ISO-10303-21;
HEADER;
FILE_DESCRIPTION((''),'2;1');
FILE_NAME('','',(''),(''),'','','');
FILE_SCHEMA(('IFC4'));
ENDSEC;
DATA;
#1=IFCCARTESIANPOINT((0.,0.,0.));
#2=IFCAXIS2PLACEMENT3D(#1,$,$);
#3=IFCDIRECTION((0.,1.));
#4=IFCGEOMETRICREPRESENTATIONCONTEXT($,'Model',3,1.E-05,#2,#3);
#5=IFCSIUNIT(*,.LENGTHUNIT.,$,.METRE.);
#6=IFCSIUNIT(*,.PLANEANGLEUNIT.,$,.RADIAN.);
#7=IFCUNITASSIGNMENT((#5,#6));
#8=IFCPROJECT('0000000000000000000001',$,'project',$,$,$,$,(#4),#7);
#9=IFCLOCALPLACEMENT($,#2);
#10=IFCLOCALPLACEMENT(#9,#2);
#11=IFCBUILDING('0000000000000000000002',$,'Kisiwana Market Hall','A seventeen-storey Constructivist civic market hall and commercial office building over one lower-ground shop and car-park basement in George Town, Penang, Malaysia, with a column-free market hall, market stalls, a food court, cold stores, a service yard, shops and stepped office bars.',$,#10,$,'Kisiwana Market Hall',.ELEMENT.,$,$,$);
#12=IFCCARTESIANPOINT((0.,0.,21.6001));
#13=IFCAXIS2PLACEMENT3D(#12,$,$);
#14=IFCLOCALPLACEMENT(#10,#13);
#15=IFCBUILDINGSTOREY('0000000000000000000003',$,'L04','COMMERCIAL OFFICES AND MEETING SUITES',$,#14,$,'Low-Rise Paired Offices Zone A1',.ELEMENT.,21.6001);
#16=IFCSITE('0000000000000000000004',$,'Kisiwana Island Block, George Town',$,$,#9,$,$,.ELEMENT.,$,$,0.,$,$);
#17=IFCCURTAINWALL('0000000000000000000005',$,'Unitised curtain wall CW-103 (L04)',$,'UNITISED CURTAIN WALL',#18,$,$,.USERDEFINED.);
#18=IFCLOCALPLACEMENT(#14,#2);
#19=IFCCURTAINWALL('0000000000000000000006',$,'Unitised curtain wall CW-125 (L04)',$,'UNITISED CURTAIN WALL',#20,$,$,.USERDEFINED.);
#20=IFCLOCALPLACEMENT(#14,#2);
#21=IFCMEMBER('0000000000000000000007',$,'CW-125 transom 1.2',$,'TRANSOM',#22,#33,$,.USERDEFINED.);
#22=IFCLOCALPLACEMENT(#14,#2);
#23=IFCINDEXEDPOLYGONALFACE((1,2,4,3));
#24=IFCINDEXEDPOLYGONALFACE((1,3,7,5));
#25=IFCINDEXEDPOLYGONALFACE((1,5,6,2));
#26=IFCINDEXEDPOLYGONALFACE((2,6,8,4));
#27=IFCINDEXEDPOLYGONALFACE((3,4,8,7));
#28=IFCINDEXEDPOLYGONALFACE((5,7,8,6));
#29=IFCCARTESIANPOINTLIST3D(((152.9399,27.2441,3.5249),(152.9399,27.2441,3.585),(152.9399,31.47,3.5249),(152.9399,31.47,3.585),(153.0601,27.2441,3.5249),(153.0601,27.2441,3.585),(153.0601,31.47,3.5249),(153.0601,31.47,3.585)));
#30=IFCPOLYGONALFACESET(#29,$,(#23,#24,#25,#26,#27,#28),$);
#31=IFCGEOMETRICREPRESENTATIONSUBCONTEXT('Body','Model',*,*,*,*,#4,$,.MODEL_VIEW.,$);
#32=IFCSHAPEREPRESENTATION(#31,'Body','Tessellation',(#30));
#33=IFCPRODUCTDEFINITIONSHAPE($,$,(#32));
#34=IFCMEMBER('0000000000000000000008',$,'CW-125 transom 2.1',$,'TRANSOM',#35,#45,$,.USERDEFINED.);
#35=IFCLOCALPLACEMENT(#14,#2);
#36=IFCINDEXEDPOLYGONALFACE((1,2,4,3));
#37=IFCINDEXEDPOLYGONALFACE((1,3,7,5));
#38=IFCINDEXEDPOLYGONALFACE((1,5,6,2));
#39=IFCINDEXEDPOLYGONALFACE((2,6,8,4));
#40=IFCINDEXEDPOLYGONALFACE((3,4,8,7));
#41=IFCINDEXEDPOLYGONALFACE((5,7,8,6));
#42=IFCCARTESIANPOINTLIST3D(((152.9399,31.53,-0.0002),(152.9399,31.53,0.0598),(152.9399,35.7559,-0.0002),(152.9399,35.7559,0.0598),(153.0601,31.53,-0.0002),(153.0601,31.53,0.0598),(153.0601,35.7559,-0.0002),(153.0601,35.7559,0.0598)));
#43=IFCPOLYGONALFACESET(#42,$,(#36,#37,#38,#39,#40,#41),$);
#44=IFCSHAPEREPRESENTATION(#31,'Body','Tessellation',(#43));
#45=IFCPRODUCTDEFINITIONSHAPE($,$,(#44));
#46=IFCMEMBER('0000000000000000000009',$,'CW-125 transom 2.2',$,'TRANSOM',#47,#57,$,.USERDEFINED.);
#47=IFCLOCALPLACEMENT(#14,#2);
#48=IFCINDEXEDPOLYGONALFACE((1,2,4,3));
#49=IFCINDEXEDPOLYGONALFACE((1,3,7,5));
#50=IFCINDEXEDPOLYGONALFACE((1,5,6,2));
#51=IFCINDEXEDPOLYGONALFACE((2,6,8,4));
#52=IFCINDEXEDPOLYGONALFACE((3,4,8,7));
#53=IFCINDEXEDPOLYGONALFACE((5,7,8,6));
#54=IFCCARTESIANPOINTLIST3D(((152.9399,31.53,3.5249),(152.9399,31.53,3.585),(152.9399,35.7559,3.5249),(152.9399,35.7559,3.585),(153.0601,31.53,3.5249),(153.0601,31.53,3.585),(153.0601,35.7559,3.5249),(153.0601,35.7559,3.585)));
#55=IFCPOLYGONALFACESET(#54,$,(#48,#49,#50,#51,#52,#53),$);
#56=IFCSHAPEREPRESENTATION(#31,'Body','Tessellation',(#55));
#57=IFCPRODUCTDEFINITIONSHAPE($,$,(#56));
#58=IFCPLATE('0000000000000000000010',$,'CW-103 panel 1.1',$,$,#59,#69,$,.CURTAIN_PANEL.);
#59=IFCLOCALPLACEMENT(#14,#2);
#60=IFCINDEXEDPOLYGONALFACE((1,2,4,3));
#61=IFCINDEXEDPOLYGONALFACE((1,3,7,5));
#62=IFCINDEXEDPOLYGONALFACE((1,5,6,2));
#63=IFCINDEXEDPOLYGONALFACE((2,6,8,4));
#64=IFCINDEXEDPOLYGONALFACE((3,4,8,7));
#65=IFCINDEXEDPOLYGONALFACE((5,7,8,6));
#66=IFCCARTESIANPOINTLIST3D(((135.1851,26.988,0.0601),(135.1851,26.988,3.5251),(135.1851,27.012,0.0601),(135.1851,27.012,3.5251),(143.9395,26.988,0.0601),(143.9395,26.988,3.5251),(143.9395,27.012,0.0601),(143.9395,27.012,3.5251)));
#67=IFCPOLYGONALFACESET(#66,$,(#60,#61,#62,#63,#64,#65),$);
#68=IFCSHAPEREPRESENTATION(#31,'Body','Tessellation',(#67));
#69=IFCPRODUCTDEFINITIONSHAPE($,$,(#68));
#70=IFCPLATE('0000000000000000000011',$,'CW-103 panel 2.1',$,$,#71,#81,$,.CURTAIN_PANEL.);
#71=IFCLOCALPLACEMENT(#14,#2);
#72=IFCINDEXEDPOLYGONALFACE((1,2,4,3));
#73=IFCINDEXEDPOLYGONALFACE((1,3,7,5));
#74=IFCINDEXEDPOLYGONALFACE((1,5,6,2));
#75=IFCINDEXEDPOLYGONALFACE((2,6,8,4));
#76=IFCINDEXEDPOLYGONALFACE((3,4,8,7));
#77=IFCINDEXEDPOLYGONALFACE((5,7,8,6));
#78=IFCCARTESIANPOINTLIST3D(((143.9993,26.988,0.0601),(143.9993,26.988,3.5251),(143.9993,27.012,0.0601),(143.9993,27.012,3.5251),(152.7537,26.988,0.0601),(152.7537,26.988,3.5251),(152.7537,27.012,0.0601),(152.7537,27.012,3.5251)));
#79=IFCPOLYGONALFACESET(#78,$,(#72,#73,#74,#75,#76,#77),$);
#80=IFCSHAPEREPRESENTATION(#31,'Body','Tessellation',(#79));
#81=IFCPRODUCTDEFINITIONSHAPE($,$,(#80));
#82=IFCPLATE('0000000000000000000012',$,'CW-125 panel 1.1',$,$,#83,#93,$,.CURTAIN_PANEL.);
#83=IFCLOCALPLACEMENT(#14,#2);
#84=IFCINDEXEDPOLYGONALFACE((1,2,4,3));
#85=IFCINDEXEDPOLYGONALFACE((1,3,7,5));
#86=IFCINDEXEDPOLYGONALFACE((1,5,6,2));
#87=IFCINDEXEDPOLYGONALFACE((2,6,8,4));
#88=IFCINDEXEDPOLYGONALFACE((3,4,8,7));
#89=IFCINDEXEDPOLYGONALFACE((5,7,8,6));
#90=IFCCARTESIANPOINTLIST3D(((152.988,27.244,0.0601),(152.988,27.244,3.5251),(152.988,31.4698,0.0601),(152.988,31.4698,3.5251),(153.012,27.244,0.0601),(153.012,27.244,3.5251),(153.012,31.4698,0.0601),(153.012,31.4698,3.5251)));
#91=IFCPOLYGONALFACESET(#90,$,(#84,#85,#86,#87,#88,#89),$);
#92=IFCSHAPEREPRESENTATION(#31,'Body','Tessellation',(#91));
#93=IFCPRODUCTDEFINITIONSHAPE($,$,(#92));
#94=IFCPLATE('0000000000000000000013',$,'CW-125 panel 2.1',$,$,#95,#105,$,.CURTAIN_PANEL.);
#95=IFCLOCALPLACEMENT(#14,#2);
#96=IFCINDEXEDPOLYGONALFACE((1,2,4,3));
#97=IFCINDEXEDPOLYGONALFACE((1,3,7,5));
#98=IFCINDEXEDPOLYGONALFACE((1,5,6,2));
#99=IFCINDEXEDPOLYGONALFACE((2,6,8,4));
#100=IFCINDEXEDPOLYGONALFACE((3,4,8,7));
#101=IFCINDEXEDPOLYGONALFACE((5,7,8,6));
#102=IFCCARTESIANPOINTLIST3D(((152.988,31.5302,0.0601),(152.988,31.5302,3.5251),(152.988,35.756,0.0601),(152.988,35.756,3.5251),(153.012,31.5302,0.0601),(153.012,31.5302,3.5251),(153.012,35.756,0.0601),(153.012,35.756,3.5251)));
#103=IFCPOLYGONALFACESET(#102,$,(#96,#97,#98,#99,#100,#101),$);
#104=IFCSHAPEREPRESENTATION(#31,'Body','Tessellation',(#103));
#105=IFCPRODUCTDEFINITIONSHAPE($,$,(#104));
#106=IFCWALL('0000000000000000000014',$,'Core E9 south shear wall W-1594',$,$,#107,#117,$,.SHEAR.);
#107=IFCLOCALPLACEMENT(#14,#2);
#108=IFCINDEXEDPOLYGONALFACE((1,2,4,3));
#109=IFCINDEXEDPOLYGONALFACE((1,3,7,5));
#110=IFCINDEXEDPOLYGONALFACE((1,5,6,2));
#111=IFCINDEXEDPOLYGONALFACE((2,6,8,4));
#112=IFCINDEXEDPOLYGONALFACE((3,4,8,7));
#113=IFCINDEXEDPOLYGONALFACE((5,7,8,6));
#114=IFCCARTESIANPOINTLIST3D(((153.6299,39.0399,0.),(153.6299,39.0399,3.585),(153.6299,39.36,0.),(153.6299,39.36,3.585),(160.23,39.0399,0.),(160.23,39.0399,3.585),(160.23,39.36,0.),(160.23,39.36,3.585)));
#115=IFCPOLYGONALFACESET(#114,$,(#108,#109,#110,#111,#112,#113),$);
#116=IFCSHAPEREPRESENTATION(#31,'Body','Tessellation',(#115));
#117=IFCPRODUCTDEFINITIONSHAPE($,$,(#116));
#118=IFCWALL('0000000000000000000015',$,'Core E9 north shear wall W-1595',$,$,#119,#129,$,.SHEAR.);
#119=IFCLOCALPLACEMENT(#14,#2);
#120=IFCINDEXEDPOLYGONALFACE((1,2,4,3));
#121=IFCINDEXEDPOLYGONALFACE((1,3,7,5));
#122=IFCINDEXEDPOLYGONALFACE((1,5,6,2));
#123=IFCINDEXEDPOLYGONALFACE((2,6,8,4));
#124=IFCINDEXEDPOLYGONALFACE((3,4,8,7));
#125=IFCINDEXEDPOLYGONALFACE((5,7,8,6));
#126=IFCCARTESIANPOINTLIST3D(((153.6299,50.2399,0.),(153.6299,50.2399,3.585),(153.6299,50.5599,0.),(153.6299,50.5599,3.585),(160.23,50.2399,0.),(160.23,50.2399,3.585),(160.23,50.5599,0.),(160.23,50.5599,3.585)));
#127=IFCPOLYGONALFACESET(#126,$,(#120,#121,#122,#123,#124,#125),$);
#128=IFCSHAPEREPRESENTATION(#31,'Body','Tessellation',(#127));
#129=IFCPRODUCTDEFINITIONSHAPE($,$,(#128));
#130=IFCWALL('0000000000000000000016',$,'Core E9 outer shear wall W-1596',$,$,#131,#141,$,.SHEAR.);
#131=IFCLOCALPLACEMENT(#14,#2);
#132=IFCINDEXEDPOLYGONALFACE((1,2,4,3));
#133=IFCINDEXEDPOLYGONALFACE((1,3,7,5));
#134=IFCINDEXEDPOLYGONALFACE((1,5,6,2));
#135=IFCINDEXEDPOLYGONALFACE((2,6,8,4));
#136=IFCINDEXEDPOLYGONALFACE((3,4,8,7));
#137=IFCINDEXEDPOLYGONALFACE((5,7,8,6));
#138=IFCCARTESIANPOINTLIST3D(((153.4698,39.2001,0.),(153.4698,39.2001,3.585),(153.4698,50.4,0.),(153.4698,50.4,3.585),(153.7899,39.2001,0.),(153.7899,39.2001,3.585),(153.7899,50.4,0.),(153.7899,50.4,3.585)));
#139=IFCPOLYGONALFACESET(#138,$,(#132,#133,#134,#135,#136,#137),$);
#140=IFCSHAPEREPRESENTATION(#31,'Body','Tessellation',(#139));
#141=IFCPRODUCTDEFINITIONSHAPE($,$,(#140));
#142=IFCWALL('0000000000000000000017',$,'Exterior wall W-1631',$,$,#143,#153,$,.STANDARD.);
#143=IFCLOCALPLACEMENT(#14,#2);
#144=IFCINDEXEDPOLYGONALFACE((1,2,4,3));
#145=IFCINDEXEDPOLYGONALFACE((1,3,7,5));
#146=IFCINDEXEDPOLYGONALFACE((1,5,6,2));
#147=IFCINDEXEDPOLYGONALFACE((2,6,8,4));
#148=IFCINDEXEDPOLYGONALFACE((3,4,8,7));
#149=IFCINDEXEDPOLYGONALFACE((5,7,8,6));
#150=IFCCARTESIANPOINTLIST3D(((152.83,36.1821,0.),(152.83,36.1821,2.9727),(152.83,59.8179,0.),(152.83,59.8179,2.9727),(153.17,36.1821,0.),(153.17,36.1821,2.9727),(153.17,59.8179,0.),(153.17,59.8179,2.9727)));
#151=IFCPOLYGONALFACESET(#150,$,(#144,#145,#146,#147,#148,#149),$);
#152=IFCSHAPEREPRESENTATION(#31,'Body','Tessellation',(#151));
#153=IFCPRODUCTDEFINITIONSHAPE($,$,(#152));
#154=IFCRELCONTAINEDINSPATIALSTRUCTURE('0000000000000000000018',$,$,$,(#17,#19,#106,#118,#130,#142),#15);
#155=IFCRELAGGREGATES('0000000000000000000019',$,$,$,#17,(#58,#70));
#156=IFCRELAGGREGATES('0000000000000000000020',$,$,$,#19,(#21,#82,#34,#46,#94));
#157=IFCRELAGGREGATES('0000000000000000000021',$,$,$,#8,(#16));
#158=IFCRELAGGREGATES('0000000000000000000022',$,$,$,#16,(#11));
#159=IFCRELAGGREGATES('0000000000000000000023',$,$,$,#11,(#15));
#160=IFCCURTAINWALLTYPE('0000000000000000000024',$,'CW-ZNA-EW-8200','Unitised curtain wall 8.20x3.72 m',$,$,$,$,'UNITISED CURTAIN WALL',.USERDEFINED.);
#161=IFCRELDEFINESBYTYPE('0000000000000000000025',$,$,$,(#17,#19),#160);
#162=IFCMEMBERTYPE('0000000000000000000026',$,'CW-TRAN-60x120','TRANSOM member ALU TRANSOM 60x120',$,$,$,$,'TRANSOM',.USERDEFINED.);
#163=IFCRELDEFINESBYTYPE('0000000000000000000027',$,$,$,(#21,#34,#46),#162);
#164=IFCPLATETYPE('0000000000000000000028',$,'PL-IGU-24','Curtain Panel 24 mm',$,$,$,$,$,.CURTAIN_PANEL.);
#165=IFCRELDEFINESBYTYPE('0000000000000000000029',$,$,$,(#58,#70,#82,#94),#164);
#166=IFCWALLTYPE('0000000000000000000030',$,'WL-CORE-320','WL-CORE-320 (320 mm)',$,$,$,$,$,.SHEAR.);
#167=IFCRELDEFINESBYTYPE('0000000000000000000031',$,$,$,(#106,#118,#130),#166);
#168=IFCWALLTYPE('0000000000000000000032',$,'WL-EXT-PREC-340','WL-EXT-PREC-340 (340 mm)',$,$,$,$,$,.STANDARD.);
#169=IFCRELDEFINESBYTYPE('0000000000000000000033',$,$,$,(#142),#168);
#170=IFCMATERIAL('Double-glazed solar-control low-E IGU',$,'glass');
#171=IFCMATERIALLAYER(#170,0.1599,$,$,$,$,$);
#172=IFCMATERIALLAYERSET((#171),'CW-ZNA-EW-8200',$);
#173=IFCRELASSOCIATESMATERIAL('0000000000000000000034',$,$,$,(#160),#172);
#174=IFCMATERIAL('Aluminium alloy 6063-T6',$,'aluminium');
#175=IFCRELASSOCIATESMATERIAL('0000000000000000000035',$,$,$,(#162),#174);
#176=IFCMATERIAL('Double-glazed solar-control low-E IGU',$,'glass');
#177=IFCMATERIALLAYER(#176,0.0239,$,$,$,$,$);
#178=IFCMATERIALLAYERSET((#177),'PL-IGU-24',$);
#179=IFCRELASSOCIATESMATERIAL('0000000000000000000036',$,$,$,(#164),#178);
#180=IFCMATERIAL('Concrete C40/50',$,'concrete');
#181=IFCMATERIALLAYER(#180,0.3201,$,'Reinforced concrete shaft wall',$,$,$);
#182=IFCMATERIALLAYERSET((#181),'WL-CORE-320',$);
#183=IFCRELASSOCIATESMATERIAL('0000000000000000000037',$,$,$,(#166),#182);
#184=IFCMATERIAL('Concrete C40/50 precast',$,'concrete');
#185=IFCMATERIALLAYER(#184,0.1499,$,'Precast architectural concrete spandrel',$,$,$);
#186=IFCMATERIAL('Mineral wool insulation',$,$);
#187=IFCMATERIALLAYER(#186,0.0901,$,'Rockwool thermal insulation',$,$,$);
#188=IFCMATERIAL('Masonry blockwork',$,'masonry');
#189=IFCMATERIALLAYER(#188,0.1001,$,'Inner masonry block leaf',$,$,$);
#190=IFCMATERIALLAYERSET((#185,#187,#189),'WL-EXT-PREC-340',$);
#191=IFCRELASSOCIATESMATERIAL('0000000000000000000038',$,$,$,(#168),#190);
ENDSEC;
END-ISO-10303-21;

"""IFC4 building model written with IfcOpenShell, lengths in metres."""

from ifc_helpers import new_model, si_unit, direction, frame, frame_2d, origin, origin_2d, place, context, subcontext, project, spatial, rectangle, extrude, material, layer, layer_set, material_profile, profile_set, type_object, element, aggregate, save


model = new_model("IFC4")

# Units and contexts
model_context = context("Model", 3, precision=1e-05, world=origin(), true_north=direction((0.0, 1.0)))
body_context = subcontext(model_context, "Body", "Model", "MODEL_VIEW")
ifc_project = project(units=[si_unit("LENGTHUNIT", "METRE"), si_unit("PLANEANGLEUNIT", "RADIAN")], contexts=[model_context])

# Site, building, storey
site_placement = place(None, origin())
site = spatial("IfcSite", under=ifc_project, at=site_placement, Name="Kisiwana Island Block, George Town", CompositionType="ELEMENT", RefElevation=0.0)
building_placement = place(site_placement, origin())
building = spatial("IfcBuilding", under=site, at=building_placement, Name="Kisiwana Market Hall", Description="A seventeen-storey Constructivist civic market hall and commercial office building over one lower-ground shop and car-park basement in George Town, Penang, Malaysia, with a column-free market hall, market stalls, a food court, cold stores, a service yard, shops and stepped office bars.", LongName="Kisiwana Market Hall", CompositionType="ELEMENT")
storey_placement = place(building_placement, frame((0.0, 0.0, 21.6001)))
storey = spatial("IfcBuildingStorey", under=building, at=storey_placement, Name="L04", Description="COMMERCIAL OFFICES AND MEETING SUITES", LongName="Low-Rise Paired Offices Zone A1", CompositionType="ELEMENT", Elevation=21.6001)

# Curtain walls
ifc_material_1 = material(Name="Double-glazed solar-control low-E IGU", Category="glass")
ifc_layer_1 = layer(ifc_material_1, 0.1599)
ifc_layer_set_1 = layer_set([ifc_layer_1], Name="CW-ZNA-EW-8200")
curtain_wall_type = type_object("IfcCurtainWallType", Name="CW-ZNA-EW-8200", Description="Unitised curtain wall 8.20x3.72 m", ElementType="UNITISED CURTAIN WALL", PredefinedType="USERDEFINED", material=ifc_layer_set_1)
curtain_wall_1_placement = place(storey_placement, origin())
curtain_wall_1 = element("IfcCurtainWall", 1, at=curtain_wall_1_placement, inside=storey, type_object=curtain_wall_type, Name="Unitised curtain wall CW-103 (L04)", ObjectType="UNITISED CURTAIN WALL", PredefinedType="USERDEFINED")
curtain_wall_2_placement = place(storey_placement, origin())
curtain_wall_2 = element("IfcCurtainWall", 2, at=curtain_wall_2_placement, inside=storey, type_object=curtain_wall_type, Name="Unitised curtain wall CW-125 (L04)", ObjectType="UNITISED CURTAIN WALL", PredefinedType="USERDEFINED")

# Members
ifc_material_2 = material(Name="Aluminium alloy 6063-T6", Category="aluminium")
ifc_material_profile_1 = material_profile(ifc_material_2, rectangle(XDim=0.1201, YDim=0.0601, at=origin_2d()), Name="ALU TRANSOM 60x120")
ifc_profile_set_1 = profile_set([ifc_material_profile_1], Name="Aluminium alloy 6063-T6")
member_type_1 = type_object("IfcMemberType", Name="CW-TRAN-60x120", Description="TRANSOM member ALU TRANSOM 60x120", ElementType="TRANSOM", PredefinedType="USERDEFINED", material=ifc_profile_set_1)
member_1_placement = place(storey_placement, frame((153.0, 27.2441, 3.5549), z_axis=(0.0, 1.0, 0.0), x_axis=(-1.0, 0.0, 0.0)))
member_1 = element("IfcMember", 3, at=member_1_placement, type_object=member_type_1, Name="CW-125 transom 1.2", ObjectType="TRANSOM", PredefinedType="USERDEFINED", context=body_context, shape_type="SweptSolid", body=[
    extrude(rectangle(XDim=0.1201, YDim=0.0601, at=origin_2d()), origin(), (0.0, 0.0, 1.0), 4.2258),
])
member_2_placement = place(storey_placement, frame((153.0, 31.53, 0.0298), z_axis=(0.0, 1.0, 0.0), x_axis=(-1.0, 0.0, 0.0)))
member_2 = element("IfcMember", 4, at=member_2_placement, type_object=member_type_1, Name="CW-125 transom 2.1", ObjectType="TRANSOM", PredefinedType="USERDEFINED", context=body_context, shape_type="SweptSolid", body=[
    extrude(rectangle(XDim=0.1201, YDim=0.0601, at=origin_2d()), origin(), (0.0, 0.0, 1.0), 4.2258),
])
member_3_placement = place(storey_placement, frame((153.0, 31.53, 3.5549), z_axis=(0.0, 1.0, 0.0), x_axis=(-1.0, 0.0, 0.0)))
member_3 = element("IfcMember", 5, at=member_3_placement, type_object=member_type_1, Name="CW-125 transom 2.2", ObjectType="TRANSOM", PredefinedType="USERDEFINED", context=body_context, shape_type="SweptSolid", body=[
    extrude(rectangle(XDim=0.1201, YDim=0.0601, at=origin_2d()), origin(), (0.0, 0.0, 1.0), 4.2258),
])

# Plates
ifc_material_3 = material(Name="Double-glazed solar-control low-E IGU", Category="glass")
ifc_layer_2 = layer(ifc_material_3, 0.0239)
ifc_layer_set_2 = layer_set([ifc_layer_2], Name="PL-IGU-24")
plate_type = type_object("IfcPlateType", Name="PL-IGU-24", Description="Curtain Panel 24 mm", PredefinedType="CURTAIN_PANEL", material=ifc_layer_set_2)
plate_1_placement = place(storey_placement, frame((139.5623, 27.0, 0.0601), z_axis=(0.0, 0.0, 1.0), x_axis=(1.0, 0.0, 0.0)))
plate_1 = element("IfcPlate", 6, at=plate_1_placement, type_object=plate_type, Name="CW-103 panel 1.1", PredefinedType="CURTAIN_PANEL", context=body_context, shape_type="SweptSolid", body=[
    extrude(rectangle(XDim=8.7544, YDim=0.0239, at=origin_2d()), origin(), (0.0, 0.0, 1.0), 3.4651),
])
plate_2_placement = place(storey_placement, frame((148.3765, 27.0, 0.0601), z_axis=(0.0, 0.0, 1.0), x_axis=(1.0, 0.0, 0.0)))
plate_2 = element("IfcPlate", 7, at=plate_2_placement, type_object=plate_type, Name="CW-103 panel 2.1", PredefinedType="CURTAIN_PANEL", context=body_context, shape_type="SweptSolid", body=[
    extrude(rectangle(XDim=8.7544, YDim=0.0239, at=origin_2d()), origin(), (0.0, 0.0, 1.0), 3.4651),
])
aggregate(curtain_wall_1, [plate_1, plate_2])
plate_3_placement = place(storey_placement, frame((153.0, 29.3569, 0.0601), z_axis=(0.0, 0.0, 1.0), x_axis=(0.0, 1.0, 0.0)))
plate_3 = element("IfcPlate", 8, at=plate_3_placement, type_object=plate_type, Name="CW-125 panel 1.1", PredefinedType="CURTAIN_PANEL", context=body_context, shape_type="SweptSolid", body=[
    extrude(rectangle(XDim=4.2258, YDim=0.0239, at=origin_2d()), origin(), (0.0, 0.0, 1.0), 3.4651),
])
plate_4_placement = place(storey_placement, frame((153.0, 33.6431, 0.0601), z_axis=(0.0, 0.0, 1.0), x_axis=(0.0, 1.0, 0.0)))
plate_4 = element("IfcPlate", 9, at=plate_4_placement, type_object=plate_type, Name="CW-125 panel 2.1", PredefinedType="CURTAIN_PANEL", context=body_context, shape_type="SweptSolid", body=[
    extrude(rectangle(XDim=4.2258, YDim=0.0239, at=origin_2d()), origin(), (0.0, 0.0, 1.0), 3.4651),
])
aggregate(curtain_wall_2, [member_1, plate_3, member_2, member_3, plate_4])

# Walls
ifc_material_4 = material(Name="Concrete C40/50", Category="concrete")
ifc_layer_3 = layer(ifc_material_4, 0.3201, Name="Reinforced concrete shaft wall")
ifc_layer_set_3 = layer_set([ifc_layer_3], Name="WL-CORE-320")
wall_type_1 = type_object("IfcWallType", Name="WL-CORE-320", Description="WL-CORE-320 (320 mm)", PredefinedType="SHEAR", material=ifc_layer_set_3)
for number, where, z_axis, x_axis, name in (
    (10, (153.6299, 39.2, 0.0), (0.0, 0.0, 1.0), (1.0, 0.0, 0.0), "Core E9 south shear wall W-1594"),
    (11, (153.6299, 50.3999, 0.0), (0.0, 0.0, 1.0), (1.0, 0.0, 0.0), "Core E9 north shear wall W-1595"),
):
    element("IfcWall", number, at=place(storey_placement, frame(where, z_axis=z_axis, x_axis=x_axis)), inside=storey, type_object=wall_type_1, Name=name, PredefinedType="SHEAR", context=body_context, shape_type="SweptSolid", body=[
        extrude(rectangle(XDim=6.6001, YDim=0.3201, at=frame_2d((3.3, 0.0))), origin(), (0.0, 0.0, 1.0), 3.585),
    ])
wall_1_placement = place(storey_placement, frame((153.6299, 39.2, 0.0), z_axis=(0.0, 0.0, 1.0), x_axis=(0.0, 1.0, 0.0)))
element("IfcWall", 12, at=wall_1_placement, inside=storey, type_object=wall_type_1, Name="Core E9 outer shear wall W-1596", PredefinedType="SHEAR", context=body_context, shape_type="SweptSolid", body=[
    extrude(rectangle(XDim=11.2, YDim=0.3201, at=frame_2d((5.6001, 0.0))), origin(), (0.0, 0.0, 1.0), 3.585),
])
ifc_material_5 = material(Name="Concrete C40/50 precast", Category="concrete")
ifc_layer_4 = layer(ifc_material_5, 0.1499, Name="Precast architectural concrete spandrel")
ifc_material_6 = material(Name="Mineral wool insulation")
ifc_layer_5 = layer(ifc_material_6, 0.0901, Name="Rockwool thermal insulation")
ifc_material_7 = material(Name="Masonry blockwork", Category="masonry")
ifc_layer_6 = layer(ifc_material_7, 0.1001, Name="Inner masonry block leaf")
ifc_layer_set_4 = layer_set([ifc_layer_4, ifc_layer_5, ifc_layer_6], Name="WL-EXT-PREC-340")
wall_type_2 = type_object("IfcWallType", Name="WL-EXT-PREC-340", Description="WL-EXT-PREC-340 (340 mm)", PredefinedType="STANDARD", material=ifc_layer_set_4)
wall_2_placement = place(storey_placement, frame((153.0, 36.1821, 0.0), z_axis=(0.0, 0.0, 1.0), x_axis=(0.0, 1.0, 0.0)))
element("IfcWall", 13, at=wall_2_placement, inside=storey, type_object=wall_type_2, Name="Exterior wall W-1631", PredefinedType="STANDARD", context=body_context, shape_type="SweptSolid", body=[
    extrude(rectangle(XDim=23.6357, YDim=0.3401, at=frame_2d((11.8179, 0.0))), origin(), (0.0, 0.0, 1.0), 2.9727),
])

save(model, "model.ifc")
